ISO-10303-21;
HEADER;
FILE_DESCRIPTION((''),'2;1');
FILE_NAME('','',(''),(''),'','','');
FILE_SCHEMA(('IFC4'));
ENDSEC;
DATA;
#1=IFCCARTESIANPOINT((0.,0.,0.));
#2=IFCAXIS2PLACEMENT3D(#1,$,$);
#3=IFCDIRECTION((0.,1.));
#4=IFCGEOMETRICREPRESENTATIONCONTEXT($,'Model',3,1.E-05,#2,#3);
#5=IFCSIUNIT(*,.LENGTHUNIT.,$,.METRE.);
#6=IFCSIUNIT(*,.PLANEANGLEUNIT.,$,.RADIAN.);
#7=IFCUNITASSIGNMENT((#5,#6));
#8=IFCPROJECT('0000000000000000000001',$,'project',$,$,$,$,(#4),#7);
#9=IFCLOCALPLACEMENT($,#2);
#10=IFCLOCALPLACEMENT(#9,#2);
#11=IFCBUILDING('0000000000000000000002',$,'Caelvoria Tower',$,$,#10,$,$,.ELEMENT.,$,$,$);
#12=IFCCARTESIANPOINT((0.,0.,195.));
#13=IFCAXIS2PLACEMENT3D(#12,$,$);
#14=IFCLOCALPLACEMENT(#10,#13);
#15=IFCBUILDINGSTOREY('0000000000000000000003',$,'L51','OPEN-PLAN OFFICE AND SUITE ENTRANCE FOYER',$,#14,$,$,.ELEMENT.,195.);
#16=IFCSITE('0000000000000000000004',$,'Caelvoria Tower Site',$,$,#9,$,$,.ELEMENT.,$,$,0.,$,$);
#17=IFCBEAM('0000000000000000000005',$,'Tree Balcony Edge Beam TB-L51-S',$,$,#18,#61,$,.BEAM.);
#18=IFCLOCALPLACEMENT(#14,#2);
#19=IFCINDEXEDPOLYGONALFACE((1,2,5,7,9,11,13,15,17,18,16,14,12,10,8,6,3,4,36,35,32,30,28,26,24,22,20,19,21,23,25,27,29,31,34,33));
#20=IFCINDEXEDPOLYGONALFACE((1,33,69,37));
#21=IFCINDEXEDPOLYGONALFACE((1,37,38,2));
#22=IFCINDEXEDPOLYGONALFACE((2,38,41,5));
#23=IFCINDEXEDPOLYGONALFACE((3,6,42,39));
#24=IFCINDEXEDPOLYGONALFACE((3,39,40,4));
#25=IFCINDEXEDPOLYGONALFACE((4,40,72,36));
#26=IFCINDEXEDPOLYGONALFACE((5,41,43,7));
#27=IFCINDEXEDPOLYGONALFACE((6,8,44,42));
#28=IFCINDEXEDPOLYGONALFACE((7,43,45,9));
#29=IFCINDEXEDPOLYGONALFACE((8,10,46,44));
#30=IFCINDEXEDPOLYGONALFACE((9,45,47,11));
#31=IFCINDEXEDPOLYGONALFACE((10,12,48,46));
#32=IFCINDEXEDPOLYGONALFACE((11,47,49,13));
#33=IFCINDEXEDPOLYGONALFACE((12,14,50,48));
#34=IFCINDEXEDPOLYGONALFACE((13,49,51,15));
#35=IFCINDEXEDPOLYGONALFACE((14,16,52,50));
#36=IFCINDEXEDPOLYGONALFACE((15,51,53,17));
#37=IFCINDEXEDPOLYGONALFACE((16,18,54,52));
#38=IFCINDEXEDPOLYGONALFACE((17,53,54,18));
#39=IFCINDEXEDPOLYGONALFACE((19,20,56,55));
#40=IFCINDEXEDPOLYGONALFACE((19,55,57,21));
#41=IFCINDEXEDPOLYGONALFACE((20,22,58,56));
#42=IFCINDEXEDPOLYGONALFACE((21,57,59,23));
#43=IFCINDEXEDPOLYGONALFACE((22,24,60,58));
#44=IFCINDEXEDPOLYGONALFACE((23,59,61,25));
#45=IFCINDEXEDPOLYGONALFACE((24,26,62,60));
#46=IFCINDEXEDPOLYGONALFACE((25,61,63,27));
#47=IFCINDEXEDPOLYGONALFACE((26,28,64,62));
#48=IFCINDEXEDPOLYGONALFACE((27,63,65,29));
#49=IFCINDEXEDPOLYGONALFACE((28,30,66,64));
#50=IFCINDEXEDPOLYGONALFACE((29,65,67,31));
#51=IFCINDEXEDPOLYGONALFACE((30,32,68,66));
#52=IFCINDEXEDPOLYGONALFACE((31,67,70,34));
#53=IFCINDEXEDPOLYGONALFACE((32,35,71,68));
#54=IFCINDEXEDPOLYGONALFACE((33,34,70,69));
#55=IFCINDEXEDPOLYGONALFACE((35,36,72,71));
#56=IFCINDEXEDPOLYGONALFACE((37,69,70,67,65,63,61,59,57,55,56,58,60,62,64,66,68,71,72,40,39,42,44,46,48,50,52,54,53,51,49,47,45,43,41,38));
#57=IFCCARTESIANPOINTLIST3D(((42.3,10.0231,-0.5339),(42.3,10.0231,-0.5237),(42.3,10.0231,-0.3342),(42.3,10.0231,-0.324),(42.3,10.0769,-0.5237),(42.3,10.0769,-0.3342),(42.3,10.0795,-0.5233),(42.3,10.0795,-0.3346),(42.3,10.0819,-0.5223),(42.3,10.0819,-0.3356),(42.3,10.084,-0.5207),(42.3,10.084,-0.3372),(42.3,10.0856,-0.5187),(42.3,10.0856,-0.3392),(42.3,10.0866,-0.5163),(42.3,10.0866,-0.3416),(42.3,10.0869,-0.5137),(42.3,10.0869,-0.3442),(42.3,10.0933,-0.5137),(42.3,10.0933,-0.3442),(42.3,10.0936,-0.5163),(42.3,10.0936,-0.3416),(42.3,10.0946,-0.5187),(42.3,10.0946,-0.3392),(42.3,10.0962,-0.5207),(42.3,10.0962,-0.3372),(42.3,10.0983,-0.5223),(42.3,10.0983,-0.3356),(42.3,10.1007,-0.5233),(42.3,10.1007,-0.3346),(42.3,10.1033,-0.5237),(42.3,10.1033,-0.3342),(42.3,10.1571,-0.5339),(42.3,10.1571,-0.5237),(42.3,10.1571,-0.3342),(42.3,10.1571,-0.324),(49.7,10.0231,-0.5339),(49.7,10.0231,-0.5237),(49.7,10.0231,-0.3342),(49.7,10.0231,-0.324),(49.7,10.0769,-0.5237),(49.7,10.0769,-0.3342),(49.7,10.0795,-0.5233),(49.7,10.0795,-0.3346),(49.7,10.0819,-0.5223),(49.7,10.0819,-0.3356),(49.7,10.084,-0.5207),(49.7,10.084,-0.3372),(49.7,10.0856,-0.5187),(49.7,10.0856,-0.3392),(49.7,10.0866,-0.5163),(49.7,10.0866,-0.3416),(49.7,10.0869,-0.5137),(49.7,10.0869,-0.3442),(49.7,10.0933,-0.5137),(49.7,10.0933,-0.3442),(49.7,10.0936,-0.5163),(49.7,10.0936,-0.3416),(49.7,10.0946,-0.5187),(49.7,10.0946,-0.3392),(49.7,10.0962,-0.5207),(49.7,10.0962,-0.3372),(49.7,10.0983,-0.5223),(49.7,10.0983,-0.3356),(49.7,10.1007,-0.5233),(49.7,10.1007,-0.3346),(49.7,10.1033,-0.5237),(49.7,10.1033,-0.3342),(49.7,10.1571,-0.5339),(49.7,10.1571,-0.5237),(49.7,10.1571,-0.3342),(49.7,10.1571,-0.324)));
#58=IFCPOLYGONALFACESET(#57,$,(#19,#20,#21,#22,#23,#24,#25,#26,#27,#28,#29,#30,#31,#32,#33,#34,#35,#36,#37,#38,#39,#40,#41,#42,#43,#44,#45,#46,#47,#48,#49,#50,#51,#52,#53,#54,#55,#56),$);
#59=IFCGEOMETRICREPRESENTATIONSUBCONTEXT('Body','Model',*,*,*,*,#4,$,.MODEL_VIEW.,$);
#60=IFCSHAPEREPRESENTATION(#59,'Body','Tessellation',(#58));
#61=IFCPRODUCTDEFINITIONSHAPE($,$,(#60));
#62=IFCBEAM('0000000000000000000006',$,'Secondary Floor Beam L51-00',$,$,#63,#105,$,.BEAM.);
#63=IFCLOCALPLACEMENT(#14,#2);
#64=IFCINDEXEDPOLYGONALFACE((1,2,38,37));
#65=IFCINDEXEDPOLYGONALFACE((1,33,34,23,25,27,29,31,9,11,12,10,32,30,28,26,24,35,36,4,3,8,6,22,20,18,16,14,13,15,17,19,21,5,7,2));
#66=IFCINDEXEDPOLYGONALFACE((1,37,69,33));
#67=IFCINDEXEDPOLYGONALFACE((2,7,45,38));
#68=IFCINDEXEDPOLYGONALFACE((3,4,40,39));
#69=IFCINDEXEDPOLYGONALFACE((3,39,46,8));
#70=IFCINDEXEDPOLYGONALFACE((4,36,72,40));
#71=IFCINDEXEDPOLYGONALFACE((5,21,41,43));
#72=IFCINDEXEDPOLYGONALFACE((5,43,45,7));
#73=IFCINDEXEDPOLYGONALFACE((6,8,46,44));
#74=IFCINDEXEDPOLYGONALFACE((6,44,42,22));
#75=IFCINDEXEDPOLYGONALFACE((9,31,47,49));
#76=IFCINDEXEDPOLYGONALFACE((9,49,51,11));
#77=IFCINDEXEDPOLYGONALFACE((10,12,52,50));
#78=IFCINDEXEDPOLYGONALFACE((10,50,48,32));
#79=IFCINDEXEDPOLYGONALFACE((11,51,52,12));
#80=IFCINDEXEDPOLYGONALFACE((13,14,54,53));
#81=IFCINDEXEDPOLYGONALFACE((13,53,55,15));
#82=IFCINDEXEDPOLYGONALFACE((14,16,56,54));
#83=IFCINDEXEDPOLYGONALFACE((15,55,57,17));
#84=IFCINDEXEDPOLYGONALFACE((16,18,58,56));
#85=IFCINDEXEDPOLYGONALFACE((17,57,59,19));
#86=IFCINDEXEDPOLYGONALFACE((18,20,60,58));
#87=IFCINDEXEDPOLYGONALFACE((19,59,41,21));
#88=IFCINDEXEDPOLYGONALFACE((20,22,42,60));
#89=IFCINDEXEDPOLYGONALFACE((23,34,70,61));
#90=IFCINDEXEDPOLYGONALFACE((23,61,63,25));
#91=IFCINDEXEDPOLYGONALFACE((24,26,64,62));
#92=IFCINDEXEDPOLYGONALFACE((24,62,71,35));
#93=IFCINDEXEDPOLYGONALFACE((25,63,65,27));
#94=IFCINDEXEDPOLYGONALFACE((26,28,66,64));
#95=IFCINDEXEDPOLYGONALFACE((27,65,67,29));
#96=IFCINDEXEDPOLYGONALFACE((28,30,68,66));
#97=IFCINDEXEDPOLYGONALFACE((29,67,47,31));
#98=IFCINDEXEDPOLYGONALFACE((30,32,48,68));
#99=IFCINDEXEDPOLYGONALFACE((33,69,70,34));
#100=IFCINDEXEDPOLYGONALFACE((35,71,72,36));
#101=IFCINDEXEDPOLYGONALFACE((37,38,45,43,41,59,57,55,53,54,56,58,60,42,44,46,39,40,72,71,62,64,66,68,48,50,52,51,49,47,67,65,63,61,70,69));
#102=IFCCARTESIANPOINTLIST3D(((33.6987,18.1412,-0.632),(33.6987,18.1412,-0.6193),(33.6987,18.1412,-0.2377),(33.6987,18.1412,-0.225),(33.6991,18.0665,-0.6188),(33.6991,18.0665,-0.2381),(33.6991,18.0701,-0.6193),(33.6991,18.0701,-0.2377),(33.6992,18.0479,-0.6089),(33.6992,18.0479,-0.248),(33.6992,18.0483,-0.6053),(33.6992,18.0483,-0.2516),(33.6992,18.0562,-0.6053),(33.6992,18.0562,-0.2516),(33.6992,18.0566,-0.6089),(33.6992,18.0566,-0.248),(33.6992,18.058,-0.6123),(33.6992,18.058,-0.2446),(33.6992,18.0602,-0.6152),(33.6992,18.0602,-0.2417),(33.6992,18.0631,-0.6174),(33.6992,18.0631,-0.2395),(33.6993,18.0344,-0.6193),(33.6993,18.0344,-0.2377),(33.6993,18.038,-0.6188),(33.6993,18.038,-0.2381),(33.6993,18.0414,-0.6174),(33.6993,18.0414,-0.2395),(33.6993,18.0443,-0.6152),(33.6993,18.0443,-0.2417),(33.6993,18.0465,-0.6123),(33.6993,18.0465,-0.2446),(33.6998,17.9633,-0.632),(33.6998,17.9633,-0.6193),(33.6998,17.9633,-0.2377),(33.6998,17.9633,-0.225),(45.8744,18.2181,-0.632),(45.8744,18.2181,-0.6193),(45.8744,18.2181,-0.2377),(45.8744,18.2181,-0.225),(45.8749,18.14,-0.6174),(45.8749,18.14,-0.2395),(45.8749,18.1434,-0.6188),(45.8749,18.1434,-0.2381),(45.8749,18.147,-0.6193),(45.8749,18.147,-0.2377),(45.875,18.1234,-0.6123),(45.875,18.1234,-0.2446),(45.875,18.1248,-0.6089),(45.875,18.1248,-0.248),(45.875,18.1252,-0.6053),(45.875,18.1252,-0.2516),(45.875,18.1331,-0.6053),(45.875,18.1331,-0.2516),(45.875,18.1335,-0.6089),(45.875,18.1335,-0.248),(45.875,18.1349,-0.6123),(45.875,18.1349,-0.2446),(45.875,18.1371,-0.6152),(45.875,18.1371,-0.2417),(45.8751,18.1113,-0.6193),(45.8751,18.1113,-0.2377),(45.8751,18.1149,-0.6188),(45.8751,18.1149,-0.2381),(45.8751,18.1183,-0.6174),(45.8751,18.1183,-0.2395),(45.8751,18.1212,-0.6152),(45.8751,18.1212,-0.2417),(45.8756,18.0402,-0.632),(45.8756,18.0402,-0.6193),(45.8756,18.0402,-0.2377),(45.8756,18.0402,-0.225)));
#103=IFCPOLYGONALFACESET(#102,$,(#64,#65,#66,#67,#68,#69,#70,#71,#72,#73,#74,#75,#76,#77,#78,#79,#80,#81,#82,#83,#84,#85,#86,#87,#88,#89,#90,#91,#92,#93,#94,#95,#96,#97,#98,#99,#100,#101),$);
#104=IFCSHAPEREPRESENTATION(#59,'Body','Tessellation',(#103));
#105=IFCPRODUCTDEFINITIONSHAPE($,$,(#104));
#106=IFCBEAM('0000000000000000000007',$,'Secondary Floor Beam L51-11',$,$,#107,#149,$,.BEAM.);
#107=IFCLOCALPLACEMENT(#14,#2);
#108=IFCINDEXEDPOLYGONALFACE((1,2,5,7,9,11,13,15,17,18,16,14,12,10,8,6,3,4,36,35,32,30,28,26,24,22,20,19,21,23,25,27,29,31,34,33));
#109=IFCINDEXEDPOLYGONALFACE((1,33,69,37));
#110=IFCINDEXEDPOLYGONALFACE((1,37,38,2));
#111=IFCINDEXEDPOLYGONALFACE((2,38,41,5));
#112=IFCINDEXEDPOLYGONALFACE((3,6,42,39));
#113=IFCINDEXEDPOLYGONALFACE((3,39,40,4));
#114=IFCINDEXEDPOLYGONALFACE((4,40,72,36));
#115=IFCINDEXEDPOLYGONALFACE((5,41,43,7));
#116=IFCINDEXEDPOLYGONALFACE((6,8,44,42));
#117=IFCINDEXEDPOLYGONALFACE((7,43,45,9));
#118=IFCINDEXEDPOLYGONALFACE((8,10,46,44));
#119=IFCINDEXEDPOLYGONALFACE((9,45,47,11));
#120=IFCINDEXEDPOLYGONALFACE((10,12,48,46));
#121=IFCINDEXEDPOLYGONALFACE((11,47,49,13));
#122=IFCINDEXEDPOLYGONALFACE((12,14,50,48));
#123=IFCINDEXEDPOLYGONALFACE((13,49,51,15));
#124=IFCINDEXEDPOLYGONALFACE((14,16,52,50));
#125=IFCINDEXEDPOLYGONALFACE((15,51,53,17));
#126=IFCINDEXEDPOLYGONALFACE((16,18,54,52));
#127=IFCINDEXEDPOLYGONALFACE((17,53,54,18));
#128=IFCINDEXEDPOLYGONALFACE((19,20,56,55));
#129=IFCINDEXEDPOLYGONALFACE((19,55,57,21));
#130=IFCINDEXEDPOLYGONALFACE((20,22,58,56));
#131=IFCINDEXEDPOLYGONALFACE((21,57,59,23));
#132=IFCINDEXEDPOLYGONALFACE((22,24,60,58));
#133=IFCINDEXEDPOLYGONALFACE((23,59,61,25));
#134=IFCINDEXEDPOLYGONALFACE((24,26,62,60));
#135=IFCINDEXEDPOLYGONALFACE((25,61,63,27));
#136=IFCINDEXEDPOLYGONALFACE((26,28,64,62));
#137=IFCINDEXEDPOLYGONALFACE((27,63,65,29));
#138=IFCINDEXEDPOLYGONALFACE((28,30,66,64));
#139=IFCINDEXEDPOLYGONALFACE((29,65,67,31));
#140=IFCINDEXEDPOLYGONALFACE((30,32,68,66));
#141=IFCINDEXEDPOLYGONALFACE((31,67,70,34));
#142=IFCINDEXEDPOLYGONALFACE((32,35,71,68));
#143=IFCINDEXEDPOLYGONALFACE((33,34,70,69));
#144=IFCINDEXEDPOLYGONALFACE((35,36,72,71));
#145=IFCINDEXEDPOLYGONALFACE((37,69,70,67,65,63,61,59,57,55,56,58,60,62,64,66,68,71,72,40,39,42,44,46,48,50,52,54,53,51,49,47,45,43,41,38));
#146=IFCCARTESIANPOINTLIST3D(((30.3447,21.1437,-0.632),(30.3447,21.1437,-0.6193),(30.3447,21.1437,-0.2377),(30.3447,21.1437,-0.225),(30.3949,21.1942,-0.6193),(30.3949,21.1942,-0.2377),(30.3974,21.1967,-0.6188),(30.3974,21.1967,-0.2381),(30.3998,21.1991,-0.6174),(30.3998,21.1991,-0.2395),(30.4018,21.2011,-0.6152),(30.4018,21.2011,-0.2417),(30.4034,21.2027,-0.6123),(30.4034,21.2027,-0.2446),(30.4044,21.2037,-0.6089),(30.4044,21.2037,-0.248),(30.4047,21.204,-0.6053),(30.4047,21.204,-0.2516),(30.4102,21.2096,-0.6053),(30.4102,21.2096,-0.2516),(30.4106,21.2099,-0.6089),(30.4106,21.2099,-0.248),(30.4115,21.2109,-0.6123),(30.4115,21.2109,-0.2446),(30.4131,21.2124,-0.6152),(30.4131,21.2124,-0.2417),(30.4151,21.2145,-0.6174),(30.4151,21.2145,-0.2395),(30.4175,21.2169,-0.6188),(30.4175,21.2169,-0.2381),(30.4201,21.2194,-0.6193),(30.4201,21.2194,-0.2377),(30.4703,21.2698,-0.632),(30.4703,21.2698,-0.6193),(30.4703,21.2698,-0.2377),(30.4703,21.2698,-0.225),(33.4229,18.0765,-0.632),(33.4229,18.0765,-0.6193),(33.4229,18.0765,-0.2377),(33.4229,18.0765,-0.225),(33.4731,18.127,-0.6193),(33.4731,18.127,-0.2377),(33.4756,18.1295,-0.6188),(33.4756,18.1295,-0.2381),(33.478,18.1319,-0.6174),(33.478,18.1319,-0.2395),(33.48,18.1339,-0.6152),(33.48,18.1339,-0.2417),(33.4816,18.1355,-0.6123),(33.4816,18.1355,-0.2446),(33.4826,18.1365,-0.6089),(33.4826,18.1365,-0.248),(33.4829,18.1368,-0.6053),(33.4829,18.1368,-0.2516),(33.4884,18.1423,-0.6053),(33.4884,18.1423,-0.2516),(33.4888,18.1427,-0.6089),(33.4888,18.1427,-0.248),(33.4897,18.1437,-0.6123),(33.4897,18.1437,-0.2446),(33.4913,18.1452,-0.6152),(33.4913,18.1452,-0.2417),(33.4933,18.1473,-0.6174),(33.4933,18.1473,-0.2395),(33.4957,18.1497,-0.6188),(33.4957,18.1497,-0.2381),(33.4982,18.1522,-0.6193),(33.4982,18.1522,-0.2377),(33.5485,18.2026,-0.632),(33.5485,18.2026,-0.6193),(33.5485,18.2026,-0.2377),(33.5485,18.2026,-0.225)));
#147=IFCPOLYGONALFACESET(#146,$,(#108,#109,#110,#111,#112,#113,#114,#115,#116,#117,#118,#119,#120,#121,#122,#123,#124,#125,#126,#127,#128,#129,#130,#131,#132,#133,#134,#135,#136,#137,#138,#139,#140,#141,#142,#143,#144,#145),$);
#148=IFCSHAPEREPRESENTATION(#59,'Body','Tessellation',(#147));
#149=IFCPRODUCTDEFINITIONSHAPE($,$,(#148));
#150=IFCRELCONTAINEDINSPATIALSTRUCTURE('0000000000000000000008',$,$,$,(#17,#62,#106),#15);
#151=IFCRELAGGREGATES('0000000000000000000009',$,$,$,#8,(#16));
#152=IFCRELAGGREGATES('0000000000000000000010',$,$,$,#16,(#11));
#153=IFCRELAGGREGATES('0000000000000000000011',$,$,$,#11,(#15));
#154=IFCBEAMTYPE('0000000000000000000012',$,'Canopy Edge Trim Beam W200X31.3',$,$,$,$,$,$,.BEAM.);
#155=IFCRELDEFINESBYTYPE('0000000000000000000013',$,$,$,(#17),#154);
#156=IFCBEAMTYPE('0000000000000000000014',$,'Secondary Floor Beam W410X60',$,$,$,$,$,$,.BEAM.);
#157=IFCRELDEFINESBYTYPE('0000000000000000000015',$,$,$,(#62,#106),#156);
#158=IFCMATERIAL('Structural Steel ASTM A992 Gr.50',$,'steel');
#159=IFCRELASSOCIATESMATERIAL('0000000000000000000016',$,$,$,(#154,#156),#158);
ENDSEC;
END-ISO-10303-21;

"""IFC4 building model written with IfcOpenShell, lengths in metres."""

from ifc_helpers import new_model, si_unit, direction, frame, origin, origin_2d, place, context, subcontext, project, spatial, i_section, extrude, material, material_profile, profile_set, type_object, element, save


model = new_model("IFC4")

# Units and contexts
model_context = context("Model", 3, precision=1e-05, world=origin(), true_north=direction((0.0, 1.0)))
body_context = subcontext(model_context, "Body", "Model", "MODEL_VIEW")
ifc_project = project(units=[si_unit("LENGTHUNIT", "METRE"), si_unit("PLANEANGLEUNIT", "RADIAN")], contexts=[model_context])

# Site, building, storey
site_placement = place(None, origin())
site = spatial("IfcSite", under=ifc_project, at=site_placement, Name="Caelvoria Tower Site", CompositionType="ELEMENT", RefElevation=0.0)
building_placement = place(site_placement, origin())
building = spatial("IfcBuilding", under=site, at=building_placement, Name="Caelvoria Tower", CompositionType="ELEMENT")
storey_placement = place(building_placement, frame((0.0, 0.0, 195.0)))
storey = spatial("IfcBuildingStorey", under=building, at=storey_placement, Name="L51", Description="OPEN-PLAN OFFICE AND SUITE ENTRANCE FOYER", CompositionType="ELEMENT", Elevation=195.0)

# Beams
ifc_material_1 = material(Name="Structural Steel ASTM A992 Gr.50", Category="steel")
ifc_material_profile_1 = material_profile(ifc_material_1, i_section(OverallWidth=0.134, OverallDepth=0.21, WebThickness=0.0063, FlangeThickness=0.0103, FilletRadius=0.01, at=origin_2d()), Name="Structural Steel ASTM A992 Gr.50")
ifc_profile_set_1 = profile_set([ifc_material_profile_1], Name="W200X31.3 - Structural Steel ASTM A992 Gr.50")
beam_type_1 = type_object("IfcBeamType", Name="Canopy Edge Trim Beam W200X31.3", PredefinedType="BEAM", material=ifc_profile_set_1)
beam_1_placement = place(storey_placement, frame((42.3, 10.0901, -0.429), z_axis=(1.0, 0.0, 0.0), x_axis=(0.0, 1.0, 0.0)))
element("IfcBeam", 1, at=beam_1_placement, inside=storey, type_object=beam_type_1, Name="Tree Balcony Edge Beam TB-L51-S", PredefinedType="BEAM", context=body_context, shape_type="SweptSolid", body=[
    extrude(i_section(OverallWidth=0.134, OverallDepth=0.21, WebThickness=0.0063, FlangeThickness=0.0103, FilletRadius=0.01, at=origin_2d()), origin(), (0.0, 0.0, 1.0), 7.3999),
])
ifc_material_profile_2 = material_profile(ifc_material_1, i_section(OverallWidth=0.178, OverallDepth=0.407, WebThickness=0.0078, FlangeThickness=0.0127, FilletRadius=0.0139, at=origin_2d()), Name="Structural Steel ASTM A992 Gr.50")
ifc_profile_set_2 = profile_set([ifc_material_profile_2], Name="W410X60 - Structural Steel ASTM A992 Gr.50")
beam_type_2 = type_object("IfcBeamType", Name="Secondary Floor Beam W410X60", PredefinedType="BEAM", material=ifc_profile_set_2)
beam_2_placement = place(storey_placement, frame((33.6992, 18.0522, -0.4285), z_axis=(0.99998, 0.006316, 0.0), x_axis=(-0.006316, 0.99998, 0.0)))
element("IfcBeam", 2, at=beam_2_placement, inside=storey, type_object=beam_type_2, Name="Secondary Floor Beam L51-00", PredefinedType="BEAM", context=body_context, shape_type="SweptSolid", body=[
    extrude(i_section(OverallWidth=0.178, OverallDepth=0.407, WebThickness=0.0078, FlangeThickness=0.0127, FilletRadius=0.0139, at=origin_2d()), origin(), (0.0, 0.0, 1.0), 12.176),
])
beam_3_placement = place(storey_placement, frame((30.4075, 21.2068, -0.4285), z_axis=(0.70837, -0.705842, 0.0), x_axis=(0.705842, 0.70837, 0.0)))
element("IfcBeam", 3, at=beam_3_placement, inside=storey, type_object=beam_type_2, Name="Secondary Floor Beam L51-11", PredefinedType="BEAM", context=body_context, shape_type="SweptSolid", body=[
    extrude(i_section(OverallWidth=0.178, OverallDepth=0.407, WebThickness=0.0078, FlangeThickness=0.0127, FilletRadius=0.0139, at=origin_2d()), origin(), (0.0, 0.0, 1.0), 4.3455),
])

save(model, "model.ifc")
